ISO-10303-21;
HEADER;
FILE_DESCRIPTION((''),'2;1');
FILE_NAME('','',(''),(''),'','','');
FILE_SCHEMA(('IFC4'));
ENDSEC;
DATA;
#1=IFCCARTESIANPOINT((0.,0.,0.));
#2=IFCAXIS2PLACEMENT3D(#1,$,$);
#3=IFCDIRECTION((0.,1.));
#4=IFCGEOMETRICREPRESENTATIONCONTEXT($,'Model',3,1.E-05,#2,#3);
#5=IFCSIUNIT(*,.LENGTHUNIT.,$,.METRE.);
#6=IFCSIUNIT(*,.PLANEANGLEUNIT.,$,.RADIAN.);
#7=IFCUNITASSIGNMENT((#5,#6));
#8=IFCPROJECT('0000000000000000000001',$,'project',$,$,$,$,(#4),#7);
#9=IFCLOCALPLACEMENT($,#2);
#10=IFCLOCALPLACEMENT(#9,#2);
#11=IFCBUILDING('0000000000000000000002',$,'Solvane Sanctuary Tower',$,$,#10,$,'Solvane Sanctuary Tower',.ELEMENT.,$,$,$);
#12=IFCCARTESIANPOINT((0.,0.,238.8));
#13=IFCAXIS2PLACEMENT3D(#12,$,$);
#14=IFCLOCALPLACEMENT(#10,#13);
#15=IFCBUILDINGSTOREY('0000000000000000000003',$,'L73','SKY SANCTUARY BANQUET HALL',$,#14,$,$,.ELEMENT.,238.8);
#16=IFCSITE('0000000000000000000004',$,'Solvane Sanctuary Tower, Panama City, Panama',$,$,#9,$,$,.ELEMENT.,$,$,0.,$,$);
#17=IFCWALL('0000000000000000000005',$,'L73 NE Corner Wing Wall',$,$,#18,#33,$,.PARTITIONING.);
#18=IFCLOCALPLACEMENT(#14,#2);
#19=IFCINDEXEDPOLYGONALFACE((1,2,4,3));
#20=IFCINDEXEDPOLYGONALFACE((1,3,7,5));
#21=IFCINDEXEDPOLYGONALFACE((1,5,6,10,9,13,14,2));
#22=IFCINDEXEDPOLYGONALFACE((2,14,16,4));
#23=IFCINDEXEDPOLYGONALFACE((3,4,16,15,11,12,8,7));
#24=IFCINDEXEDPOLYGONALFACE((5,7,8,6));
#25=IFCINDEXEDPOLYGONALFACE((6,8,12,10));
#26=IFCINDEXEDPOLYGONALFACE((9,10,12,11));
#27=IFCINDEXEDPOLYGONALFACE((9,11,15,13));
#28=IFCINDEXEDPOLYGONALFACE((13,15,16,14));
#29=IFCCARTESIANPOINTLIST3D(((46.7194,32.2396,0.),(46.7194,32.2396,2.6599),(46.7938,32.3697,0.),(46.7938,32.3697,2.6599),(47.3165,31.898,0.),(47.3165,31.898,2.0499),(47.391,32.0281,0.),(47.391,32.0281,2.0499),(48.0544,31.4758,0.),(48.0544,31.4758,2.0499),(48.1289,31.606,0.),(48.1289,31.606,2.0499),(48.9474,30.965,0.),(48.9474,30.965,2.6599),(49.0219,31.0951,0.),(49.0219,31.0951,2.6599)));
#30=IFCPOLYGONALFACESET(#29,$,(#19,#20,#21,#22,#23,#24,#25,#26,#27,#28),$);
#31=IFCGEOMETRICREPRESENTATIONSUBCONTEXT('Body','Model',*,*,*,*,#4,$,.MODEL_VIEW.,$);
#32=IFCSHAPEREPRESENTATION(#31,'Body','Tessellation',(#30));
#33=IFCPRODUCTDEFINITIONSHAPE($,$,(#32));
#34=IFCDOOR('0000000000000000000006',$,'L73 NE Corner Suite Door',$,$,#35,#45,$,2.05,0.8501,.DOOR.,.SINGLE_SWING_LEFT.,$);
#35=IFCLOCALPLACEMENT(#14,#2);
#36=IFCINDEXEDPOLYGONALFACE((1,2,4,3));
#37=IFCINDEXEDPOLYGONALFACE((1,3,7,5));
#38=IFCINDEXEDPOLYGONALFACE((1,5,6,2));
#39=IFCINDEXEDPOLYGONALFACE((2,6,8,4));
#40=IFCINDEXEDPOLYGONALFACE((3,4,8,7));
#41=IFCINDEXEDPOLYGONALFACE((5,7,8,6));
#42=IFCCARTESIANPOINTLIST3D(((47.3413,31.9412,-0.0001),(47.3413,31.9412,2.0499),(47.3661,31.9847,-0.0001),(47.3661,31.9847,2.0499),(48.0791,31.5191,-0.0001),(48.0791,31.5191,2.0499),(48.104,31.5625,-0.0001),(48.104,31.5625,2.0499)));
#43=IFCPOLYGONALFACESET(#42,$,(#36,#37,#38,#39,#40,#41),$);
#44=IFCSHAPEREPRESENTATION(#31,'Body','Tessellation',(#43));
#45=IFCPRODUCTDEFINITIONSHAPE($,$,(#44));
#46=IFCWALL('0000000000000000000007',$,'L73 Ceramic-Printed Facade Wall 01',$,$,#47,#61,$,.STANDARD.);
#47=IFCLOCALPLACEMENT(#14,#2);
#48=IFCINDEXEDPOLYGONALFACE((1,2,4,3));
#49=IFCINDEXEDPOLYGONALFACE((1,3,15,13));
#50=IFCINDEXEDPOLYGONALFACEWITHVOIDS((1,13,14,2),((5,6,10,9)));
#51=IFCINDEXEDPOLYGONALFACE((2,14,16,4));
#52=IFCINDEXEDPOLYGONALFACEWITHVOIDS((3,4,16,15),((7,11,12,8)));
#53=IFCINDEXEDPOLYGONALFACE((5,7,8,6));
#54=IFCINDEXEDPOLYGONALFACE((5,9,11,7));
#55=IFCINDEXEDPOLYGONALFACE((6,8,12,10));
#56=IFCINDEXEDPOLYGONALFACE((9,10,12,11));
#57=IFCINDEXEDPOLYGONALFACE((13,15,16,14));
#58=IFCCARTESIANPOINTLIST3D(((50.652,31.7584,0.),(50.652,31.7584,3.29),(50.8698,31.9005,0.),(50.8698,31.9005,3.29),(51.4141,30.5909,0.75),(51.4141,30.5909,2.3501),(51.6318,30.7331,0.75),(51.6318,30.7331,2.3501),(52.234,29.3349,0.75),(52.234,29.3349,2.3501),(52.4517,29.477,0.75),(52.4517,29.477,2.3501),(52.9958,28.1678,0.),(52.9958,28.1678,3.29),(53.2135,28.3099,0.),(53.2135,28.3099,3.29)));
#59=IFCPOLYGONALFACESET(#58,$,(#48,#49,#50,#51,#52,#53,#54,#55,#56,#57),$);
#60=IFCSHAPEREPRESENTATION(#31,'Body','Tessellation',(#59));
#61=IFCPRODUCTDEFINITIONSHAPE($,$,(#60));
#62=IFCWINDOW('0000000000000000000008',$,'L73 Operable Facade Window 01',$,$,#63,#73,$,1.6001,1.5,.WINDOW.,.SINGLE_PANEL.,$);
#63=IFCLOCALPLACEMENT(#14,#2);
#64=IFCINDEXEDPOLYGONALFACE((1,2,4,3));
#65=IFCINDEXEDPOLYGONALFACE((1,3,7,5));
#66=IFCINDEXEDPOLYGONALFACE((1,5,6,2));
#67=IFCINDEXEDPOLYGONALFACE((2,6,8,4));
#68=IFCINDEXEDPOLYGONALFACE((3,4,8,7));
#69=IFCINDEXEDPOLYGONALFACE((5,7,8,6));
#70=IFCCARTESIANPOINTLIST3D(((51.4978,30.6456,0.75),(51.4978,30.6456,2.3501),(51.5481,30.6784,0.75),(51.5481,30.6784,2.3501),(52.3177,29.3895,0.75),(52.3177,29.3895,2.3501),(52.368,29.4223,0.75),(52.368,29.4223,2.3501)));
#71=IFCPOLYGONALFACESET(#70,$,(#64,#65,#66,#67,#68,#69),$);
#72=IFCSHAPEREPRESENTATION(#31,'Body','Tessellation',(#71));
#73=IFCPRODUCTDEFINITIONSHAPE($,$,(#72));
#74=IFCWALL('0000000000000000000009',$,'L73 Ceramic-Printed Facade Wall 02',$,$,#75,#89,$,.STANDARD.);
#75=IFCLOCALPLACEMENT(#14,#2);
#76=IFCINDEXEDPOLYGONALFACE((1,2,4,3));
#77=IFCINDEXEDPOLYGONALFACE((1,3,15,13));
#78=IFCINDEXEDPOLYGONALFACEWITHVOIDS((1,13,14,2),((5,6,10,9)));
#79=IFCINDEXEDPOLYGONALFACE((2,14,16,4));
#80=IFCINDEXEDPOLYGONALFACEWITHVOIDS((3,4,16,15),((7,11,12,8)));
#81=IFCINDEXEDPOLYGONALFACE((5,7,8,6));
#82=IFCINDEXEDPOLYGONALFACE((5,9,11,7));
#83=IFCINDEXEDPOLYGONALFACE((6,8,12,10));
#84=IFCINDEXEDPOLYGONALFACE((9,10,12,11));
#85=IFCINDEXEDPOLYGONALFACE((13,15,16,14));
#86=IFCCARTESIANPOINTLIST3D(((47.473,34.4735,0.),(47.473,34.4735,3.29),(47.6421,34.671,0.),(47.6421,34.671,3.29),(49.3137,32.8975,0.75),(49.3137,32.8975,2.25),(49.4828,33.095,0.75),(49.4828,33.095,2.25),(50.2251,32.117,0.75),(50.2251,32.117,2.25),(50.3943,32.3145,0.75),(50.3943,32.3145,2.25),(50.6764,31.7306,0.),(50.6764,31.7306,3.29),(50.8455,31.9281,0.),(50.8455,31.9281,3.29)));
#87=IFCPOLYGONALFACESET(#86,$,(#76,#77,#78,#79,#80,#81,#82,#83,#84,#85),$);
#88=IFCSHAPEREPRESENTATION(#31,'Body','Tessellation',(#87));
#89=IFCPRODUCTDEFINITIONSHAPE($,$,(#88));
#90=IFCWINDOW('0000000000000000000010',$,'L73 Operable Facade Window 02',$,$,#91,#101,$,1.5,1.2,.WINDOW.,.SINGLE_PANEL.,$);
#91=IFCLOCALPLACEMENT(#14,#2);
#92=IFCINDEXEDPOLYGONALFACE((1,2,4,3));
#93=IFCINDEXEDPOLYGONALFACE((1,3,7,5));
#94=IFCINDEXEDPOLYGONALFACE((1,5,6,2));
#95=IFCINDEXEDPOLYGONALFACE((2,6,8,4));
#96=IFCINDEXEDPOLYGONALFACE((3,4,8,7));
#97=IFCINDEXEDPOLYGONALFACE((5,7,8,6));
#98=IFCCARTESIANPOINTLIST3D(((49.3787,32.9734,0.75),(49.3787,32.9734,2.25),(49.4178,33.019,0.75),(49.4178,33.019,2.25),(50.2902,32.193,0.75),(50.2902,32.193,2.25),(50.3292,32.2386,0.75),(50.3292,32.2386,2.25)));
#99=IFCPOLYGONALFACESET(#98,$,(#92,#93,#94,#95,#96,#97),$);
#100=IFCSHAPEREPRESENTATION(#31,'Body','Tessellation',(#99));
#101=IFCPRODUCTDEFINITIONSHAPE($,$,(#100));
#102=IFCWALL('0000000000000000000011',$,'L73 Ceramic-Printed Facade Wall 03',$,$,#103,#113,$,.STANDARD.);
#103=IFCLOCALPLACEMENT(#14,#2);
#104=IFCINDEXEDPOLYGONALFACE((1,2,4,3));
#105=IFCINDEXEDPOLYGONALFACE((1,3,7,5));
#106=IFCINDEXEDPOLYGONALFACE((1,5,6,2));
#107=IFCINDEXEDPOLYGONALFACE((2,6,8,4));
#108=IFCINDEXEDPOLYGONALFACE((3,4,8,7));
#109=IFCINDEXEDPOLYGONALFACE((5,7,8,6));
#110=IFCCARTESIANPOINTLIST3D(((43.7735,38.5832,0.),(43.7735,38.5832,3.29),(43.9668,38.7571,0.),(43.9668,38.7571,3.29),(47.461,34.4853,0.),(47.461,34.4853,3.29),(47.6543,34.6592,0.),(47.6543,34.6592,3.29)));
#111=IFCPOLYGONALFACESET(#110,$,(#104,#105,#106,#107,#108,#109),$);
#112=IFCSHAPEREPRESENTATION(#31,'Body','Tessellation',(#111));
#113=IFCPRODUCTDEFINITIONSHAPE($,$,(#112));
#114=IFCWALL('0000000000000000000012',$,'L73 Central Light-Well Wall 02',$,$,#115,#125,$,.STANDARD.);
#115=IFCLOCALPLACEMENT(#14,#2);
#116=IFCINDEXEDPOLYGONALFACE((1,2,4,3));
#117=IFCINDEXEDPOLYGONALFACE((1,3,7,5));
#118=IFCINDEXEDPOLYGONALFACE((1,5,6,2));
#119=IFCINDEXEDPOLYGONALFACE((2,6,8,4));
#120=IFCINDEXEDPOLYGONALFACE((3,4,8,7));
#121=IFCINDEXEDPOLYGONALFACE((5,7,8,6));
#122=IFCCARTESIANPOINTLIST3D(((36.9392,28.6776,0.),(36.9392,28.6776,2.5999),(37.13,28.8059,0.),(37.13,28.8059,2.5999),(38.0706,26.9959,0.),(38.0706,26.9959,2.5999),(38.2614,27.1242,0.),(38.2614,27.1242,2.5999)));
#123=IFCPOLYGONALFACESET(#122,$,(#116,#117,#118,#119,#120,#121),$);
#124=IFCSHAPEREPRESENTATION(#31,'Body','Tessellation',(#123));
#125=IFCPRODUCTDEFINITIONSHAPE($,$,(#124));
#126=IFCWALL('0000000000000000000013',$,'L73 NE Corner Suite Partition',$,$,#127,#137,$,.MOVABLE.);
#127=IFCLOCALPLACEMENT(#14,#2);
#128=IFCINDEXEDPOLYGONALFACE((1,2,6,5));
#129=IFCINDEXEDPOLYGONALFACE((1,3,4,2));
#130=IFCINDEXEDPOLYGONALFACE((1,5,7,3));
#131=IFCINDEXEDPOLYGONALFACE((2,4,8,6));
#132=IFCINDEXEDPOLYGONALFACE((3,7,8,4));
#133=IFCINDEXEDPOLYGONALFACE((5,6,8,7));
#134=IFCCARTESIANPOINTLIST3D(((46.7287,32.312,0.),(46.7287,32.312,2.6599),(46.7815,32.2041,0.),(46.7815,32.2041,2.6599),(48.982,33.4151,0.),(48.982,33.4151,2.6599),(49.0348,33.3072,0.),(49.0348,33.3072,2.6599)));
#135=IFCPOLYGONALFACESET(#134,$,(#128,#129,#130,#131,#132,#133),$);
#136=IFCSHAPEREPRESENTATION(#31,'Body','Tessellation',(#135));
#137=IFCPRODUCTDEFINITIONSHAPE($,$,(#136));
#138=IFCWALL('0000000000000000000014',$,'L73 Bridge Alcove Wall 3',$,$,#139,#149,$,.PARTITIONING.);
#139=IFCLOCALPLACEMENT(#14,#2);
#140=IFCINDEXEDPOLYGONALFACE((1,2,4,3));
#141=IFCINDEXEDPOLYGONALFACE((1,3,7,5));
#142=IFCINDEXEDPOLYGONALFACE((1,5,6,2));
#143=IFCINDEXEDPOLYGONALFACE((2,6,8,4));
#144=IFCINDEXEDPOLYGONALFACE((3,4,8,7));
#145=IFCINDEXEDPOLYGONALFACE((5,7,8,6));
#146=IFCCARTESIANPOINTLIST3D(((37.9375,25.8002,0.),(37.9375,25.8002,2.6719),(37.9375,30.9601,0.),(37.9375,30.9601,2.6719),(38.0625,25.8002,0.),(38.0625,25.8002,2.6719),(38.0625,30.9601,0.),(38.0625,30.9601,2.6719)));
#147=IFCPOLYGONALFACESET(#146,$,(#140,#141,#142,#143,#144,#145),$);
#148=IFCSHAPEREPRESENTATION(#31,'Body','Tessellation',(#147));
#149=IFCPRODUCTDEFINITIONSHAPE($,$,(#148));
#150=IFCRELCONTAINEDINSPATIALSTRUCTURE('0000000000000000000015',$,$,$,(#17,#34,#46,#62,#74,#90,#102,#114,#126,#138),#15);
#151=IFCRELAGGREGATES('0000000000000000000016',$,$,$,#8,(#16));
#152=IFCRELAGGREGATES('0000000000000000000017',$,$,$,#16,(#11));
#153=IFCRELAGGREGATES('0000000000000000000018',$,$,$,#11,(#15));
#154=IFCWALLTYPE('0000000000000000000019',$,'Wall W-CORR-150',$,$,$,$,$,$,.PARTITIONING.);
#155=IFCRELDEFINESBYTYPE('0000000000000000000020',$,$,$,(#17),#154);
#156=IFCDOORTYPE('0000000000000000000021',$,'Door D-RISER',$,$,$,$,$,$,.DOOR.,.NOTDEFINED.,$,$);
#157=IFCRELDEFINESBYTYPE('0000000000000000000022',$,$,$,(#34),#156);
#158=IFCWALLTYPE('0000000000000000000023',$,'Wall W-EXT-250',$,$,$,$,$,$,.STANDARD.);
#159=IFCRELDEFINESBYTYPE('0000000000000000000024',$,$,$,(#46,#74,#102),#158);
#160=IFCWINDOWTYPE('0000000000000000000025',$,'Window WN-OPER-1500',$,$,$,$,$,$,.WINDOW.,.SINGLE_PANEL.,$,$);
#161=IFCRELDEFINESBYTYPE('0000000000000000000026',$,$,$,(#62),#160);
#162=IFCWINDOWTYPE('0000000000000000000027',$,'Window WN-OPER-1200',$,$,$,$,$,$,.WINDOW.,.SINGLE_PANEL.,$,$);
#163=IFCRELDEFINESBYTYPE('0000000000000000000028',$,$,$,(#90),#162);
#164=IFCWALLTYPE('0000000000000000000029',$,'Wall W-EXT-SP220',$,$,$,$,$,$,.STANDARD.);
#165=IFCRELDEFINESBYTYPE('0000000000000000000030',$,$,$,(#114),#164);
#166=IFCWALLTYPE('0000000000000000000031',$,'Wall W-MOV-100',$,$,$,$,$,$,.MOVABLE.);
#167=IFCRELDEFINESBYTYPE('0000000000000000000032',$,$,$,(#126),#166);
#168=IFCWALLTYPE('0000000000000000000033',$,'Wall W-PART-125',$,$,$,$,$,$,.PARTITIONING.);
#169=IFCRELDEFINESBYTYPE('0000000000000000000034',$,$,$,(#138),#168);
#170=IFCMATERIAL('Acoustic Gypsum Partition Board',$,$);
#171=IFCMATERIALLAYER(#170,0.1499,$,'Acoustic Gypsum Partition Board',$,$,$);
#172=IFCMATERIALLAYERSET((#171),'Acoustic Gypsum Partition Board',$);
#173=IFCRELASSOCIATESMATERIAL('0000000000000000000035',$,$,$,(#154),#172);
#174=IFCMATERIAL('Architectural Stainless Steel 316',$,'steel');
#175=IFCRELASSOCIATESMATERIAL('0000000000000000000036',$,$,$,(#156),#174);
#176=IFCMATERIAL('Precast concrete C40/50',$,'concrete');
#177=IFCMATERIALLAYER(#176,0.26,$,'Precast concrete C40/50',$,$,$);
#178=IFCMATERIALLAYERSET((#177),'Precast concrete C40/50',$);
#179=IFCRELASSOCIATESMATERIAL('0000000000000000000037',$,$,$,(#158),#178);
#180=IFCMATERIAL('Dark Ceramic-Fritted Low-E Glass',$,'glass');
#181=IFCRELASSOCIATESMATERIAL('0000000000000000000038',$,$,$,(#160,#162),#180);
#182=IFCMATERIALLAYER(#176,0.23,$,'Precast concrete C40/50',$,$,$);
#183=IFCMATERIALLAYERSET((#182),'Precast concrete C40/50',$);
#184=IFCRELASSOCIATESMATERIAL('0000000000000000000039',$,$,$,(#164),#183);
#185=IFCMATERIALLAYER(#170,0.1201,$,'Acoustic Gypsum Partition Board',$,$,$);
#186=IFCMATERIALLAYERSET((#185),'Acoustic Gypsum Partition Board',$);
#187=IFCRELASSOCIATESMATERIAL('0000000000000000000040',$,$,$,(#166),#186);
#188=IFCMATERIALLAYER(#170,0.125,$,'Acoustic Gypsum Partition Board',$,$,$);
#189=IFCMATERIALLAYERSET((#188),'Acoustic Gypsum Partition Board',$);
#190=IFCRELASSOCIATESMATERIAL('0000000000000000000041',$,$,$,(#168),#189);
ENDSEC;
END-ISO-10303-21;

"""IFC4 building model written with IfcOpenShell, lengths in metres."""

from ifc_helpers import new_model, si_unit, direction, frame, frame_2d, origin, place, context, subcontext, project, spatial, rectangle, extrude, material, layer, layer_set, type_object, element, fill, save


model = new_model("IFC4")

# Units and contexts
model_context = context("Model", 3, precision=1e-05, world=origin(), true_north=direction((0.0, 1.0)))
body_context = subcontext(model_context, "Body", "Model", "MODEL_VIEW")
ifc_project = project(units=[si_unit("LENGTHUNIT", "METRE"), si_unit("PLANEANGLEUNIT", "RADIAN")], contexts=[model_context])

# Site, building, storey
site_placement = place(None, origin())
site = spatial("IfcSite", under=ifc_project, at=site_placement, Name="Solvane Sanctuary Tower, Panama City, Panama", CompositionType="ELEMENT", RefElevation=0.0)
building_placement = place(site_placement, origin())
building = spatial("IfcBuilding", under=site, at=building_placement, Name="Solvane Sanctuary Tower", LongName="Solvane Sanctuary Tower", CompositionType="ELEMENT")
storey_placement = place(building_placement, frame((0.0, 0.0, 238.8)))
storey = spatial("IfcBuildingStorey", under=building, at=storey_placement, Name="L73", Description="SKY SANCTUARY BANQUET HALL", CompositionType="ELEMENT", Elevation=238.8)

# Shared definitions
ifc_material_1 = material(Name="Acoustic Gypsum Partition Board")
ifc_layer_1 = layer(ifc_material_1, 0.1499, Name="Acoustic Gypsum Partition Board")
ifc_layer_set_1 = layer_set([ifc_layer_1], Name="Acoustic Gypsum Partition Board")
wall_type_1 = type_object("IfcWallType", Name="Wall W-CORR-150", PredefinedType="PARTITIONING", material=ifc_layer_set_1)

# Wall, opening, door
wall_1_placement = place(storey_placement, frame((46.7566, 32.3047, 0.0), z_axis=(0.0, 0.0, 1.0), x_axis=(0.867991, -0.496579, 0.0)))
wall_1 = element("IfcWall", 1, at=wall_1_placement, inside=storey, type_object=wall_type_1, Name="L73 NE Corner Wing Wall", PredefinedType="PARTITIONING", context=body_context, shape_type="SweptSolid", body=[
    extrude(rectangle(XDim=2.5669, YDim=0.1499, at=frame_2d((1.2834, 0.0))), origin(), (0.0, 0.0, 1.0), 2.6599),
])
opening_1_placement = place(wall_1_placement, frame((0.688, 0.0, 0.0)))
opening_1 = element("IfcOpeningElement", 2, at=opening_1_placement, cuts=wall_1, PredefinedType="OPENING", context=body_context, shape_type="SweptSolid", body=[
    extrude(rectangle(XDim=0.8501, YDim=2.05, at=frame_2d((0.425, 1.0249))), frame((0.0, 0.085, 0.0), z_axis=(0.0, -1.0, 0.0), x_axis=(1.0, 0.0, 0.0)), (0.0, 0.0, 1.0), 0.1699),
])
ifc_material_2 = material(Name="Architectural Stainless Steel 316", Category="steel")
door_type_1 = type_object("IfcDoorType", Name="Door D-RISER", OperationType="NOTDEFINED", PredefinedType="DOOR", material=ifc_material_2)
door_1_placement = place(opening_1_placement, origin())
door_1 = element("IfcDoor", 3, at=door_1_placement, inside=storey, type_object=door_type_1, Name="L73 NE Corner Suite Door", OperationType="SINGLE_SWING_LEFT", OverallHeight=2.05, OverallWidth=0.8501, PredefinedType="DOOR", context=body_context, shape_type="SweptSolid", body=[
    extrude(rectangle(XDim=0.8501, YDim=2.05, at=frame_2d((0.425, 1.0249))), frame((0.0, 0.0249, 0.0), z_axis=(0.0, -1.0, 0.0), x_axis=(1.0, 0.0, 0.0)), (0.0, 0.0, 1.0), 0.05),
])
fill(opening_1, door_1)

# Walls, openings, windows
ifc_material_3 = material(Name="Precast concrete C40/50", Category="concrete")
ifc_layer_2 = layer(ifc_material_3, 0.26, Name="Precast concrete C40/50")
ifc_layer_set_2 = layer_set([ifc_layer_2], Name="Precast concrete C40/50")
wall_type_2 = type_object("IfcWallType", Name="Wall W-EXT-250", PredefinedType="STANDARD", material=ifc_layer_set_2)
wall_2_placement = place(storey_placement, frame((53.1047, 28.2388, 0.0), z_axis=(0.0, 0.0, 1.0), x_axis=(-0.546606, 0.83739, 0.0)))
wall_2 = element("IfcWall", 4, at=wall_2_placement, inside=storey, type_object=wall_type_2, Name="L73 Ceramic-Printed Facade Wall 01", PredefinedType="STANDARD", context=body_context, shape_type="SweptSolid", body=[
    extrude(rectangle(XDim=4.2878, YDim=0.26, at=frame_2d((2.144, 0.0))), origin(), (0.0, 0.0, 1.0), 3.29),
])
opening_2_placement = place(wall_2_placement, frame((1.3938, 0.0, 0.75)))
opening_2 = element("IfcOpeningElement", 5, at=opening_2_placement, cuts=wall_2, PredefinedType="OPENING", context=body_context, shape_type="SweptSolid", body=[
    extrude(rectangle(XDim=1.5, YDim=1.6001, at=frame_2d((0.75, 0.8))), frame((0.0, 0.1399, 0.0), z_axis=(0.0, -1.0, 0.0), x_axis=(1.0, 0.0, 0.0)), (0.0, 0.0, 1.0), 0.28),
])
ifc_material_4 = material(Name="Dark Ceramic-Fritted Low-E Glass", Category="glass")
window_type_1 = type_object("IfcWindowType", Name="Window WN-OPER-1500", PartitioningType="SINGLE_PANEL", PredefinedType="WINDOW", material=ifc_material_4)
window_1_placement = place(opening_2_placement, origin())
window_1 = element("IfcWindow", 6, at=window_1_placement, inside=storey, type_object=window_type_1, Name="L73 Operable Facade Window 01", OverallHeight=1.6001, OverallWidth=1.5, PartitioningType="SINGLE_PANEL", PredefinedType="WINDOW", context=body_context, shape_type="SweptSolid", body=[
    extrude(rectangle(XDim=1.5, YDim=1.6001, at=frame_2d((0.75, 0.8))), frame((0.0, 0.03, 0.0), z_axis=(0.0, -1.0, 0.0), x_axis=(1.0, 0.0, 0.0)), (0.0, 0.0, 1.0), 0.0601),
])
fill(opening_2, window_1)
wall_3_placement = place(storey_placement, frame((50.761, 31.8293, 0.0), z_axis=(0.0, 0.0, 1.0), x_axis=(-0.759588, 0.650405, 0.0)))
wall_3 = element("IfcWall", 7, at=wall_3_placement, inside=storey, type_object=wall_type_2, Name="L73 Ceramic-Printed Facade Wall 02", PredefinedType="STANDARD", context=body_context, shape_type="SweptSolid", body=[
    extrude(rectangle(XDim=4.2173, YDim=0.26, at=frame_2d((2.1086, 0.0))), origin(), (0.0, 0.0, 1.0), 3.29),
])
opening_3_placement = place(wall_3_placement, frame((0.594, 0.0, 0.75)))
opening_3 = element("IfcOpeningElement", 8, at=opening_3_placement, cuts=wall_3, PredefinedType="OPENING", context=body_context, shape_type="SweptSolid", body=[
    extrude(rectangle(XDim=1.2, YDim=1.5, at=frame_2d((0.6001, 0.75))), frame((0.0, 0.1399, 0.0), z_axis=(0.0, -1.0, 0.0), x_axis=(1.0, 0.0, 0.0)), (0.0, 0.0, 1.0), 0.28),
])
window_type_2 = type_object("IfcWindowType", Name="Window WN-OPER-1200", PartitioningType="SINGLE_PANEL", PredefinedType="WINDOW", material=ifc_material_4)
window_2_placement = place(opening_3_placement, origin())
window_2 = element("IfcWindow", 9, at=window_2_placement, inside=storey, type_object=window_type_2, Name="L73 Operable Facade Window 02", OverallHeight=1.5, OverallWidth=1.2, PartitioningType="SINGLE_PANEL", PredefinedType="WINDOW", context=body_context, shape_type="SweptSolid", body=[
    extrude(rectangle(XDim=1.2, YDim=1.5, at=frame_2d((0.6001, 0.75))), frame((0.0, 0.03, 0.0), z_axis=(0.0, -1.0, 0.0), x_axis=(1.0, 0.0, 0.0)), (0.0, 0.0, 1.0), 0.0601),
])
fill(opening_3, window_2)

# Walls
wall_4_placement = place(storey_placement, frame((47.5576, 34.5723, 0.0), z_axis=(0.0, 0.0, 1.0), x_axis=(-0.668904, 0.743349, 0.0)))
element("IfcWall", 10, at=wall_4_placement, inside=storey, type_object=wall_type_2, Name="L73 Ceramic-Printed Facade Wall 03", PredefinedType="STANDARD", context=body_context, shape_type="SweptSolid", body=[
    extrude(rectangle(XDim=5.5127, YDim=0.26, at=frame_2d((2.7563, 0.0))), origin(), (0.0, 0.0, 1.0), 3.29),
])
ifc_layer_3 = layer(ifc_material_3, 0.23, Name="Precast concrete C40/50")
ifc_layer_set_3 = layer_set([ifc_layer_3], Name="Precast concrete C40/50")
wall_type_3 = type_object("IfcWallType", Name="Wall W-EXT-SP220", PredefinedType="STANDARD", material=ifc_layer_set_3)
wall_5_placement = place(storey_placement, frame((38.166, 27.0601, 0.0), z_axis=(0.0, 0.0, 1.0), x_axis=(-0.558198, 0.829708, 0.0)))
element("IfcWall", 11, at=wall_5_placement, inside=storey, type_object=wall_type_3, Name="L73 Central Light-Well Wall 02", PredefinedType="STANDARD", context=body_context, shape_type="SweptSolid", body=[
    extrude(rectangle(XDim=2.0269, YDim=0.23, at=frame_2d((1.0134, 0.0))), origin(), (0.0, 0.0, 1.0), 2.5999),
])
ifc_layer_4 = layer(ifc_material_1, 0.1201, Name="Acoustic Gypsum Partition Board")
ifc_layer_set_4 = layer_set([ifc_layer_4], Name="Acoustic Gypsum Partition Board")
wall_type_4 = type_object("IfcWallType", Name="Wall W-MOV-100", PredefinedType="MOVABLE", material=ifc_layer_set_4)
wall_6_placement = place(storey_placement, frame((46.7551, 32.2581, 0.0), z_axis=(0.0, 0.0, 1.0), x_axis=(0.898152, 0.439685, 0.0)))
element("IfcWall", 12, at=wall_6_placement, inside=storey, type_object=wall_type_4, Name="L73 NE Corner Suite Partition", PredefinedType="MOVABLE", context=body_context, shape_type="SweptSolid", body=[
    extrude(rectangle(XDim=2.5088, YDim=0.1201, at=frame_2d((1.2544, 0.0))), origin(), (0.0, 0.0, 1.0), 2.6599),
])
ifc_layer_5 = layer(ifc_material_1, 0.125, Name="Acoustic Gypsum Partition Board")
ifc_layer_set_5 = layer_set([ifc_layer_5], Name="Acoustic Gypsum Partition Board")
wall_type_5 = type_object("IfcWallType", Name="Wall W-PART-125", PredefinedType="PARTITIONING", material=ifc_layer_set_5)
wall_7_placement = place(storey_placement, frame((38.0, 25.8, 0.0), z_axis=(0.0, 0.0, 1.0), x_axis=(0.0, 1.0, 0.0)))
element("IfcWall", 13, at=wall_7_placement, inside=storey, type_object=wall_type_5, Name="L73 Bridge Alcove Wall 3", PredefinedType="PARTITIONING", context=body_context, shape_type="SweptSolid", body=[
    extrude(rectangle(XDim=5.1599, YDim=0.125, at=frame_2d((2.5801, 0.0))), origin(), (0.0, 0.0, 1.0), 2.6719),
])

save(model, "model.ifc")
